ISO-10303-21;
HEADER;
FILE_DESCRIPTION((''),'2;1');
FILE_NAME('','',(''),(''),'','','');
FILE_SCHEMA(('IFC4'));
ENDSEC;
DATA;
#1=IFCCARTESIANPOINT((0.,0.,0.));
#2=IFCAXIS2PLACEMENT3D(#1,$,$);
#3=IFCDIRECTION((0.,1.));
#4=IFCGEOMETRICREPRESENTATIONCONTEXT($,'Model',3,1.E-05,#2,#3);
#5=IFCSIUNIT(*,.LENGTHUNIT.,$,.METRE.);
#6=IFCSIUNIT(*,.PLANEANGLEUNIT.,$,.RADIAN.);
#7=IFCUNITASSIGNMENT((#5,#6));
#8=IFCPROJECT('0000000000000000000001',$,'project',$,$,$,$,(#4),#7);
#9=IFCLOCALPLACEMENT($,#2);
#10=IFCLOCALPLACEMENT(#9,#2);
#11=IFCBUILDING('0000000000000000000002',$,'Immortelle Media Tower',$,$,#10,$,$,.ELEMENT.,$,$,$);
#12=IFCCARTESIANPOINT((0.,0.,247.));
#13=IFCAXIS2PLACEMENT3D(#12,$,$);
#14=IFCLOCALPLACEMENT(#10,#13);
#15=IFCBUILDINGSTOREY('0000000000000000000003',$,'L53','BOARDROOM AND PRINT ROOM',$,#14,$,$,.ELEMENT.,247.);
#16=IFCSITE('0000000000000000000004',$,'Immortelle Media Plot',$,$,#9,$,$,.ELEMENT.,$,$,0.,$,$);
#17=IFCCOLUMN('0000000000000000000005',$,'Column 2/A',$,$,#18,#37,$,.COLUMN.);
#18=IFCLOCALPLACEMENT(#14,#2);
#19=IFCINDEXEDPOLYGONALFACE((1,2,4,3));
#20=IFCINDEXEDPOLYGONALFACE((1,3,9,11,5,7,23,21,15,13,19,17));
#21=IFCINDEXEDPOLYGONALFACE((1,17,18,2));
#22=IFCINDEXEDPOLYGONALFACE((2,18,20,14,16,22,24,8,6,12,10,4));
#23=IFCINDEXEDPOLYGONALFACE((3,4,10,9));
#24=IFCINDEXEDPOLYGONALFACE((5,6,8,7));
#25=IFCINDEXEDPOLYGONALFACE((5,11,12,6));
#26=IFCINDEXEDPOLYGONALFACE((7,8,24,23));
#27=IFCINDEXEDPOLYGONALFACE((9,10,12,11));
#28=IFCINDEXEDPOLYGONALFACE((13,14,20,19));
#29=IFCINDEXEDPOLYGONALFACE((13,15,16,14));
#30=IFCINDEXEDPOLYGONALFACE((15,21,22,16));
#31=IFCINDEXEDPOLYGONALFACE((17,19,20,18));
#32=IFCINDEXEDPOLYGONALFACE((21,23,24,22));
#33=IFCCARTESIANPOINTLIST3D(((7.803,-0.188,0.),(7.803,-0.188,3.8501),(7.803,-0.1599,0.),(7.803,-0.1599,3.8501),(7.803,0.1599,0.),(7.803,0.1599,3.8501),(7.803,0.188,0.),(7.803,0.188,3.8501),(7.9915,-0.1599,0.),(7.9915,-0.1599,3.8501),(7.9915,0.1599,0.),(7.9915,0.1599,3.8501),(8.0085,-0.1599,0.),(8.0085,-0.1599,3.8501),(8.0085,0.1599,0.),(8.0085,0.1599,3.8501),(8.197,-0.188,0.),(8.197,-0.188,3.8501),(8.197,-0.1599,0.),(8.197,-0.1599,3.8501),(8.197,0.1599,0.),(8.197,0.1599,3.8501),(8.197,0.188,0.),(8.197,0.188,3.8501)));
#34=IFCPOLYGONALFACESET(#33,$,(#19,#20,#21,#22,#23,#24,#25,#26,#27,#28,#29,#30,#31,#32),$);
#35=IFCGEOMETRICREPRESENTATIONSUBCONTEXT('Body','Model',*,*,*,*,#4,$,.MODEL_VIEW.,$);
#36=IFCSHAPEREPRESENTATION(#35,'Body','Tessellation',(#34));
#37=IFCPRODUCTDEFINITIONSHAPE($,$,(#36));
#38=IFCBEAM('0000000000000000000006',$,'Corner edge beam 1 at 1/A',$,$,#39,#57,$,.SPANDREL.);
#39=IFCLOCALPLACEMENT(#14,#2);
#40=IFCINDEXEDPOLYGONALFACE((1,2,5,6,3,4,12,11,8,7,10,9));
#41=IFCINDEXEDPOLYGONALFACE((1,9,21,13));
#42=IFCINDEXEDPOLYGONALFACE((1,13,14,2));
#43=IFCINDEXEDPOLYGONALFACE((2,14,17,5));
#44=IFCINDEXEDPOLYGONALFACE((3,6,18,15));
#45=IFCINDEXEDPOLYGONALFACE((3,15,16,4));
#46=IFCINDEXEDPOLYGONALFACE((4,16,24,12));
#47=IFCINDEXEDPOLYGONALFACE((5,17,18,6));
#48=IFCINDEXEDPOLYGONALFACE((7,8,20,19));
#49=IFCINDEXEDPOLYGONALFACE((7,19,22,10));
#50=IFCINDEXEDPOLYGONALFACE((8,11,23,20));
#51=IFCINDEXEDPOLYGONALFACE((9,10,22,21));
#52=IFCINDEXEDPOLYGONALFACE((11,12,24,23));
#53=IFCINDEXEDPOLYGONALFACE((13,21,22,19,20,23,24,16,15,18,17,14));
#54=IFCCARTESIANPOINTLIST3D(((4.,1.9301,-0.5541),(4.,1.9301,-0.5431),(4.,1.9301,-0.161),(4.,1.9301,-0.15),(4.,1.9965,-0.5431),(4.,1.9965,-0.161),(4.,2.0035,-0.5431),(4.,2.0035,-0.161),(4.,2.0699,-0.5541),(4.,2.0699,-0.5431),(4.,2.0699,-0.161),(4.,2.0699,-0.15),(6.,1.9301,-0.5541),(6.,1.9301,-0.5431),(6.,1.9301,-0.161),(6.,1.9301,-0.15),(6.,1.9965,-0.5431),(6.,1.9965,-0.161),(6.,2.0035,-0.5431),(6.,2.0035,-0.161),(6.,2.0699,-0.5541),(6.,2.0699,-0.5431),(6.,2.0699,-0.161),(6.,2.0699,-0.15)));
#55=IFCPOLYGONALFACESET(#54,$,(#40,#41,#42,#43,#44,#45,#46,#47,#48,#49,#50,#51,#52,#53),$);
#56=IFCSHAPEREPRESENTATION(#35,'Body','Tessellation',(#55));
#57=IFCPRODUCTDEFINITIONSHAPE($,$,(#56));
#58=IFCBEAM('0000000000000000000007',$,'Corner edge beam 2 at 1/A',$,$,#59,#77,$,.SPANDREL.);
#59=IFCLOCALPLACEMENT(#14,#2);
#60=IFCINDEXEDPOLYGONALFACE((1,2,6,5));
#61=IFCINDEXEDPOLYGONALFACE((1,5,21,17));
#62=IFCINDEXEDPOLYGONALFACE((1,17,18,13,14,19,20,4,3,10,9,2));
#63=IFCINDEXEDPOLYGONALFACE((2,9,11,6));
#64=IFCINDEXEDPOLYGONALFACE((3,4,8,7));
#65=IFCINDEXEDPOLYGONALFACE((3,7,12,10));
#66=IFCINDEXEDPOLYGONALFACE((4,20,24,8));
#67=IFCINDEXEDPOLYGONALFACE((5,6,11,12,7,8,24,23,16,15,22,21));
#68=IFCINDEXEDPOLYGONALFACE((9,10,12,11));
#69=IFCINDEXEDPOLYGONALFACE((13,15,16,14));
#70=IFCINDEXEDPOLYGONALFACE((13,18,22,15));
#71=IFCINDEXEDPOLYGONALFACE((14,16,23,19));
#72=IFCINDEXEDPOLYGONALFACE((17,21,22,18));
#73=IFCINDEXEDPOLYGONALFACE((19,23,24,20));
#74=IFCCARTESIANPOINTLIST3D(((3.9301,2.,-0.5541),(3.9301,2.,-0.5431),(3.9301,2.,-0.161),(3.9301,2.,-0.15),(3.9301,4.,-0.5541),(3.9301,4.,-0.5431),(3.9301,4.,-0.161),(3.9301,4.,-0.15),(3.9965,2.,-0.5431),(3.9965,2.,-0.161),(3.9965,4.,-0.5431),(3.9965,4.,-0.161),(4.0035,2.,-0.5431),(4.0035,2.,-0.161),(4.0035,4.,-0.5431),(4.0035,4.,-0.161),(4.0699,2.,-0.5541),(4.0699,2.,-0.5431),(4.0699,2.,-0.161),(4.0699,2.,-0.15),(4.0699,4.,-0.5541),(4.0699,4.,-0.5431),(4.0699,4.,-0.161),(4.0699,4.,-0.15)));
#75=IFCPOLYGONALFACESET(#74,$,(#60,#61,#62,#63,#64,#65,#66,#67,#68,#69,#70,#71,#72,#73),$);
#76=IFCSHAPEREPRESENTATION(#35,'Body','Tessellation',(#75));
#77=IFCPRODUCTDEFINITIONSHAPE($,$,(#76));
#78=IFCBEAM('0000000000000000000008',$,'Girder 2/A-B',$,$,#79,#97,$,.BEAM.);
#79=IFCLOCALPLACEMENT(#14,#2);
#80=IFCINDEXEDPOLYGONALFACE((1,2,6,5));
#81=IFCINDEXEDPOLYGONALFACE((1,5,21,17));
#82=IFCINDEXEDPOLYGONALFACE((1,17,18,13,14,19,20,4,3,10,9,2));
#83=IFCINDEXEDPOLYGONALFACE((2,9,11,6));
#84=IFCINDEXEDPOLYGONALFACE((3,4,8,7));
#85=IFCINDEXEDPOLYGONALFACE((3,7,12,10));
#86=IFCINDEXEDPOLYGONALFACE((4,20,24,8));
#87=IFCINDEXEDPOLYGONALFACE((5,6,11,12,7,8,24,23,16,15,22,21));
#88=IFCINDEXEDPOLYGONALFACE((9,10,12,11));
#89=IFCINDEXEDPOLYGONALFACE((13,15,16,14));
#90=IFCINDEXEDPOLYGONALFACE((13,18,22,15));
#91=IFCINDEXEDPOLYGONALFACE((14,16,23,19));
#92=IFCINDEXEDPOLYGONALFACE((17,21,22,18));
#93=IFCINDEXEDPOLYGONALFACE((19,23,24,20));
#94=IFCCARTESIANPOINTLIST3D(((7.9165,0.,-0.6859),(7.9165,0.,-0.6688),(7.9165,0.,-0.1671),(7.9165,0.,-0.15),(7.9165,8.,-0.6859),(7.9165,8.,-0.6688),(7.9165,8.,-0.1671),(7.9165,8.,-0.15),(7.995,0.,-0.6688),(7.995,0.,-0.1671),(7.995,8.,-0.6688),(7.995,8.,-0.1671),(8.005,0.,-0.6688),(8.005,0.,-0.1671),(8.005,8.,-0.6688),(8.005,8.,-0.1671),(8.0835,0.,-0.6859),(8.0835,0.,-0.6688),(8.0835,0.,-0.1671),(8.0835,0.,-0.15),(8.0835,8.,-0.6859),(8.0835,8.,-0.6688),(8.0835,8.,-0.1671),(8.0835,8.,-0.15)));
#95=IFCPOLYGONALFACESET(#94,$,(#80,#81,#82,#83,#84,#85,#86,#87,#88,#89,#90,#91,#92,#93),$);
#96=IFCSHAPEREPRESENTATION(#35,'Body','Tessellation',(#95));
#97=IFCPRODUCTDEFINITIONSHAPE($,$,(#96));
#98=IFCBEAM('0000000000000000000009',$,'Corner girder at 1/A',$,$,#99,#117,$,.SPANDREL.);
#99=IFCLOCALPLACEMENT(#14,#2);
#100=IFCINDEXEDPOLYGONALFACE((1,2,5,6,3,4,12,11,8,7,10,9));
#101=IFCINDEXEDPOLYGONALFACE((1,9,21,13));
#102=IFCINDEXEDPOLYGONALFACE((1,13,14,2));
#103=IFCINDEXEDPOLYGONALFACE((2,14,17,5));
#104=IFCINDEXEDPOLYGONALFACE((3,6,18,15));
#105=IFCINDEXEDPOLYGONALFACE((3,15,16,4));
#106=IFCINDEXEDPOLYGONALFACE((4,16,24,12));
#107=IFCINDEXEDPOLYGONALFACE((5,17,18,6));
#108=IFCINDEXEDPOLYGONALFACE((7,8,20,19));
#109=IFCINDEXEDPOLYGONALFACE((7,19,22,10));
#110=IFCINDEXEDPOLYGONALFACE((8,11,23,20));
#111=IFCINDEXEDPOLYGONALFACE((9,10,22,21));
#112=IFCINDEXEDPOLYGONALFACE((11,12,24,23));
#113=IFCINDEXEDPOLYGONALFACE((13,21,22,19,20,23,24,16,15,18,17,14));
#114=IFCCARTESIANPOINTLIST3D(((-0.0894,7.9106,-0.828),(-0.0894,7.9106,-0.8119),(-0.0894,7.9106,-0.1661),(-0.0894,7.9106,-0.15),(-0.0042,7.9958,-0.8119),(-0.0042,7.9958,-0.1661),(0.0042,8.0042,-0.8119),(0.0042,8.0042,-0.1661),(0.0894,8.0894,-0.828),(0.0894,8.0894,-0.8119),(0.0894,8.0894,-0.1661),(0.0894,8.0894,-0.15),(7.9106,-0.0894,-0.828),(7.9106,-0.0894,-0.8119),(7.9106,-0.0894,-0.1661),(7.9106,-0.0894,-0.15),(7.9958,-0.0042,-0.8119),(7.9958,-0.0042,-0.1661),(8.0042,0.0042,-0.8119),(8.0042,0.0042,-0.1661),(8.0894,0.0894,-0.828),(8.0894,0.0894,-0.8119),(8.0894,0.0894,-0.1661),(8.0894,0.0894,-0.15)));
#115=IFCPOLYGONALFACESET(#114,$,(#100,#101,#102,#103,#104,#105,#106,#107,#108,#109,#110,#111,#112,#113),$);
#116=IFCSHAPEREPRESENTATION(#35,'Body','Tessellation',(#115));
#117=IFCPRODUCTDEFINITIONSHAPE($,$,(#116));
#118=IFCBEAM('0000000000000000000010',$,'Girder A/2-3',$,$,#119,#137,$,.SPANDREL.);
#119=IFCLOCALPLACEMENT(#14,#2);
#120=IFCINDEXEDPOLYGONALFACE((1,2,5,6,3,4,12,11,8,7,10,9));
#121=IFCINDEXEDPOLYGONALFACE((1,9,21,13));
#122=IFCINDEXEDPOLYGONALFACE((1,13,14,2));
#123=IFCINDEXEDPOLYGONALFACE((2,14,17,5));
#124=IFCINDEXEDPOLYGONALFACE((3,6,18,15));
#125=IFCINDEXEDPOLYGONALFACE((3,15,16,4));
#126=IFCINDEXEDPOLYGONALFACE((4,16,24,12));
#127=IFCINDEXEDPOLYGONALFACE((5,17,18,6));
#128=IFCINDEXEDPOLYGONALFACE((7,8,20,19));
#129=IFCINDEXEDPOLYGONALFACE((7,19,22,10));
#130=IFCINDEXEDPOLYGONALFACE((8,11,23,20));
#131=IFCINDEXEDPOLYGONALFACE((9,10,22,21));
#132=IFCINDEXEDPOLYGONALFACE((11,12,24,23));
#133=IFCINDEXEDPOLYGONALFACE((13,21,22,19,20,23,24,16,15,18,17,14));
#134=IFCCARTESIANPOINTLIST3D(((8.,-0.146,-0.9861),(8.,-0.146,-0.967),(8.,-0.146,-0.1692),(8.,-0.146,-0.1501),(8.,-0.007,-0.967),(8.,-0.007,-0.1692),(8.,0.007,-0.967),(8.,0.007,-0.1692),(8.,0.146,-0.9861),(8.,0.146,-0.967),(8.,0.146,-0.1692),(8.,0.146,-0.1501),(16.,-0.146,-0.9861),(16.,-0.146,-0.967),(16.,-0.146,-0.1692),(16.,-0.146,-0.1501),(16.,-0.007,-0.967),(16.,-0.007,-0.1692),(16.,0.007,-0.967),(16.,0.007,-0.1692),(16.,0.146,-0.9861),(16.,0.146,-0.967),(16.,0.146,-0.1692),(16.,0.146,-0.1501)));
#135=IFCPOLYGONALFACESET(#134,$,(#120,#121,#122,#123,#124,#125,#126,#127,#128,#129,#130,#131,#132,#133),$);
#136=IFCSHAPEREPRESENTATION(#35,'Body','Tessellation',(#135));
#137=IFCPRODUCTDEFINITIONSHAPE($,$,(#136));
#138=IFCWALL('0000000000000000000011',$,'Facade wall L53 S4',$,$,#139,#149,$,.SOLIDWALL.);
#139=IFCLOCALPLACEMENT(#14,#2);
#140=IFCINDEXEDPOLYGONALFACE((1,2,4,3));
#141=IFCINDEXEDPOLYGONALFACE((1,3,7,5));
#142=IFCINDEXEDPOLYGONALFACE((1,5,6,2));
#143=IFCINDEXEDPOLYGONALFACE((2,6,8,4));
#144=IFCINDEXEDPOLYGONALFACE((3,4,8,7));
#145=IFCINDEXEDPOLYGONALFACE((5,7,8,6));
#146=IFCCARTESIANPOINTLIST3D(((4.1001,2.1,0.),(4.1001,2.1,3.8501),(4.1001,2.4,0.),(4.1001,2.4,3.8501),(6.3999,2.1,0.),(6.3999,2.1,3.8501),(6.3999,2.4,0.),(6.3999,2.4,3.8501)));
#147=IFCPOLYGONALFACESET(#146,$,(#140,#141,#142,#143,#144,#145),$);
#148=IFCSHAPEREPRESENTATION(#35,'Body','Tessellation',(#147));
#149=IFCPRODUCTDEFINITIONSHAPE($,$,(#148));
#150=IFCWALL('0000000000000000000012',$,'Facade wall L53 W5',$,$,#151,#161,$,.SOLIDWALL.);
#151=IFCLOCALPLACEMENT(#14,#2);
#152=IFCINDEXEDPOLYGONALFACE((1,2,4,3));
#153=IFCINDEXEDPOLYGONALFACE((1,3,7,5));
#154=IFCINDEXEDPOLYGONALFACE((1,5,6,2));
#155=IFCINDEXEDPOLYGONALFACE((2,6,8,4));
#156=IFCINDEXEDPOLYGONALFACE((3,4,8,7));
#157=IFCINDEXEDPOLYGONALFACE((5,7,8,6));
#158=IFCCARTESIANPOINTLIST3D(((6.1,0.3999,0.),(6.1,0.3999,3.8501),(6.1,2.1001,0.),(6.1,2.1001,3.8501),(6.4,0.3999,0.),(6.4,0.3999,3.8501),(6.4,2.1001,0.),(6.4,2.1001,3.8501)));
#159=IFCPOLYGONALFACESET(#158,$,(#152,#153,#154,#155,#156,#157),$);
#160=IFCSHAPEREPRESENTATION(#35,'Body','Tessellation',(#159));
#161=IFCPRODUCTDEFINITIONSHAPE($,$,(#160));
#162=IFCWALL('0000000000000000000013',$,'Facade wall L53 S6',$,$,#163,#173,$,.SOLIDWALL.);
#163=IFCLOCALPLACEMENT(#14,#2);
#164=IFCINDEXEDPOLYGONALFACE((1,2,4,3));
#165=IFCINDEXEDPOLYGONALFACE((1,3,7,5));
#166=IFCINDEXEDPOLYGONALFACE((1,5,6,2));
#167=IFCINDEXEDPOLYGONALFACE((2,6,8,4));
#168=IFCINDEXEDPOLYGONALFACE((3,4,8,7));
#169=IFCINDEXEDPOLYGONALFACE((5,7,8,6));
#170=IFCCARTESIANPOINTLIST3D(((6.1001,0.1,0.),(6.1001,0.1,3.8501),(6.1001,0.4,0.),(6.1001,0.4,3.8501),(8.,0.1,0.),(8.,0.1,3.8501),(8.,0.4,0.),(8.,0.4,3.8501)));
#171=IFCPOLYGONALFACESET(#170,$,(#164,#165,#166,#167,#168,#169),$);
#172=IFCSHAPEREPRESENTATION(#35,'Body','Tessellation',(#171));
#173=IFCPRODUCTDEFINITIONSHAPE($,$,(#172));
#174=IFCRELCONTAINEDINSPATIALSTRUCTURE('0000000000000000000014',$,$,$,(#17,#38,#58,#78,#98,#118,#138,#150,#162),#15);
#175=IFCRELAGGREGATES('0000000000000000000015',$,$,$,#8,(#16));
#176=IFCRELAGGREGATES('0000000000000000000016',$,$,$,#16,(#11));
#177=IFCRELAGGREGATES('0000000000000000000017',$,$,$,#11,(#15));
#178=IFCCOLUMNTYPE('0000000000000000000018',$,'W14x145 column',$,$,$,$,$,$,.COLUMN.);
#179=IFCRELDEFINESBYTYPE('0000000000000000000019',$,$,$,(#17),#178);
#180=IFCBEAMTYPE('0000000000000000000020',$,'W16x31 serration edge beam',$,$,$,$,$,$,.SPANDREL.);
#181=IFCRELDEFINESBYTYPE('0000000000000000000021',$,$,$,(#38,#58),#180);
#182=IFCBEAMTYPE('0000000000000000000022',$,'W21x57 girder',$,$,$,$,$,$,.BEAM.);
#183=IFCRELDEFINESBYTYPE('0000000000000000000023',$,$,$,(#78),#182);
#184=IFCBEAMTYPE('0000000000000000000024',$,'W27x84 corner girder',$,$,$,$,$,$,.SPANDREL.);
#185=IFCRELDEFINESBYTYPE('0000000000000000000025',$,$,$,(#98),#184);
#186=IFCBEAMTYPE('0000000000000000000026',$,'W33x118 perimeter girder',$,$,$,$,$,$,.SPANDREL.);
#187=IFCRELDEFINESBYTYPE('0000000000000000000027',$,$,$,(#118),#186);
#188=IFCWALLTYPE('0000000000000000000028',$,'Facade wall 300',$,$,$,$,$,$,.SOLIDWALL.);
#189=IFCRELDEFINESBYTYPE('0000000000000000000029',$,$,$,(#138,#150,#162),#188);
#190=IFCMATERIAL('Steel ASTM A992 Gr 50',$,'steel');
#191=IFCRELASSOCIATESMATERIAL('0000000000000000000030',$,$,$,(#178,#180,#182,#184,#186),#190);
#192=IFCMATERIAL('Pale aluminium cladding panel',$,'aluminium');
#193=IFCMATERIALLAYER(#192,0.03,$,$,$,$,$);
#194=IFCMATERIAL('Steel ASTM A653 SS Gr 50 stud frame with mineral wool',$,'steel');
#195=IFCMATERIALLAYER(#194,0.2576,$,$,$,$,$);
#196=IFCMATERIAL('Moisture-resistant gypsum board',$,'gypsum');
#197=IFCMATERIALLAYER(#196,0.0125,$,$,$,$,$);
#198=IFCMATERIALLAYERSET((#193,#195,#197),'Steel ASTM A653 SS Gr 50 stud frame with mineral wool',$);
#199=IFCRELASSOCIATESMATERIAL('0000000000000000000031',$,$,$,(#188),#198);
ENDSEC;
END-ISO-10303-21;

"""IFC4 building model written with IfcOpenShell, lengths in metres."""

from ifc_helpers import new_model, si_unit, direction, frame, frame_2d, origin, origin_2d, place, context, subcontext, project, spatial, rectangle, i_section, extrude, material, layer, layer_set, material_profile, profile_set, type_object, element, save


model = new_model("IFC4")

# Units and contexts
model_context = context("Model", 3, precision=1e-05, world=origin(), true_north=direction((0.0, 1.0)))
body_context = subcontext(model_context, "Body", "Model", "MODEL_VIEW")
ifc_project = project(units=[si_unit("LENGTHUNIT", "METRE"), si_unit("PLANEANGLEUNIT", "RADIAN")], contexts=[model_context])

# Site, building, storey
site_placement = place(None, origin())
site = spatial("IfcSite", under=ifc_project, at=site_placement, Name="Immortelle Media Plot", CompositionType="ELEMENT", RefElevation=0.0)
building_placement = place(site_placement, origin())
building = spatial("IfcBuilding", under=site, at=building_placement, Name="Immortelle Media Tower", CompositionType="ELEMENT")
storey_placement = place(building_placement, frame((0.0, 0.0, 247.0)))
storey = spatial("IfcBuildingStorey", under=building, at=storey_placement, Name="L53", Description="BOARDROOM AND PRINT ROOM", CompositionType="ELEMENT", Elevation=247.0)

# Column
ifc_material_1 = material(Name="Steel ASTM A992 Gr 50", Category="steel")
ifc_material_profile_1 = material_profile(ifc_material_1, i_section(OverallWidth=0.394, OverallDepth=0.376, WebThickness=0.0171, FlangeThickness=0.0281, at=origin_2d()), Name="W14x145")
ifc_profile_set_1 = profile_set([ifc_material_profile_1], Name="Steel ASTM A992 Gr 50")
column_type = type_object("IfcColumnType", Name="W14x145 column", PredefinedType="COLUMN", material=ifc_profile_set_1)
column_placement = place(storey_placement, frame((8.0, 0.0, 0.0), z_axis=(0.0, 0.0, 1.0), x_axis=(1.0, 0.0, 0.0)))
element("IfcColumn", 1, at=column_placement, inside=storey, type_object=column_type, Name="Column 2/A", PredefinedType="COLUMN", context=body_context, shape_type="SweptSolid", body=[
    extrude(i_section(OverallWidth=0.394, OverallDepth=0.376, WebThickness=0.0171, FlangeThickness=0.0281, at=origin_2d()), origin(), (0.0, 0.0, 1.0), 3.8501),
])

# Beams
ifc_material_profile_2 = material_profile(ifc_material_1, i_section(OverallWidth=0.1399, OverallDepth=0.4041, WebThickness=0.0071, FlangeThickness=0.011, at=origin_2d()), Name="W16x31")
ifc_profile_set_2 = profile_set([ifc_material_profile_2], Name="Steel ASTM A992 Gr 50")
beam_type_1 = type_object("IfcBeamType", Name="W16x31 serration edge beam", PredefinedType="SPANDREL", material=ifc_profile_set_2)
for number, where, z_axis, x_axis, name in (
    (2, (6.0, 2.0, -0.3521), (-1.0, 0.0, 0.0), (0.0, -1.0, 0.0), "Corner edge beam 1 at 1/A"),
    (3, (4.0, 2.0, -0.3521), (0.0, 1.0, 0.0), (-1.0, 0.0, 0.0), "Corner edge beam 2 at 1/A"),
):
    element("IfcBeam", number, at=place(storey_placement, frame(where, z_axis=z_axis, x_axis=x_axis)), inside=storey, type_object=beam_type_1, Name=name, PredefinedType="SPANDREL", context=body_context, shape_type="SweptSolid", body=[
        extrude(i_section(OverallWidth=0.1399, OverallDepth=0.4041, WebThickness=0.0071, FlangeThickness=0.011, at=origin_2d()), origin(), (0.0, 0.0, 1.0), 2.0),
    ])
ifc_material_profile_3 = material_profile(ifc_material_1, i_section(OverallWidth=0.167, OverallDepth=0.5359, WebThickness=0.01, FlangeThickness=0.0171, at=origin_2d()), Name="W21x57")
ifc_profile_set_3 = profile_set([ifc_material_profile_3], Name="Steel ASTM A992 Gr 50")
beam_type_2 = type_object("IfcBeamType", Name="W21x57 girder", PredefinedType="BEAM", material=ifc_profile_set_3)
beam_1_placement = place(storey_placement, frame((8.0, 0.0, -0.418), z_axis=(0.0, 1.0, 0.0), x_axis=(-1.0, 0.0, 0.0)))
element("IfcBeam", 4, at=beam_1_placement, inside=storey, type_object=beam_type_2, Name="Girder 2/A-B", PredefinedType="BEAM", context=body_context, shape_type="SweptSolid", body=[
    extrude(i_section(OverallWidth=0.167, OverallDepth=0.5359, WebThickness=0.01, FlangeThickness=0.0171, at=origin_2d()), origin(), (0.0, 0.0, 1.0), 8.0),
])
ifc_material_profile_4 = material_profile(ifc_material_1, i_section(OverallWidth=0.2529, OverallDepth=0.678, WebThickness=0.012, FlangeThickness=0.0161, at=origin_2d()), Name="W27x84")
ifc_profile_set_4 = profile_set([ifc_material_profile_4], Name="Steel ASTM A992 Gr 50")
beam_type_3 = type_object("IfcBeamType", Name="W27x84 corner girder", PredefinedType="SPANDREL", material=ifc_profile_set_4)
beam_2_placement = place(storey_placement, frame((8.0, 0.0, -0.489), z_axis=(-0.707107, 0.707107, 0.0), x_axis=(-0.707107, -0.707107, 0.0)))
element("IfcBeam", 5, at=beam_2_placement, inside=storey, type_object=beam_type_3, Name="Corner girder at 1/A", PredefinedType="SPANDREL", context=body_context, shape_type="SweptSolid", body=[
    extrude(i_section(OverallWidth=0.2529, OverallDepth=0.678, WebThickness=0.012, FlangeThickness=0.0161, at=origin_2d()), origin(), (0.0, 0.0, 1.0), 11.3137),
])
ifc_material_profile_5 = material_profile(ifc_material_1, i_section(OverallWidth=0.292, OverallDepth=0.8359, WebThickness=0.0139, FlangeThickness=0.019, at=origin_2d()), Name="W33x118")
ifc_profile_set_5 = profile_set([ifc_material_profile_5], Name="Steel ASTM A992 Gr 50")
beam_type_4 = type_object("IfcBeamType", Name="W33x118 perimeter girder", PredefinedType="SPANDREL", material=ifc_profile_set_5)
beam_3_placement = place(storey_placement, frame((8.0, 0.0, -0.5681), z_axis=(1.0, 0.0, 0.0), x_axis=(0.0, 1.0, 0.0)))
element("IfcBeam", 6, at=beam_3_placement, inside=storey, type_object=beam_type_4, Name="Girder A/2-3", PredefinedType="SPANDREL", context=body_context, shape_type="SweptSolid", body=[
    extrude(i_section(OverallWidth=0.292, OverallDepth=0.8359, WebThickness=0.0139, FlangeThickness=0.019, at=origin_2d()), origin(), (0.0, 0.0, 1.0), 8.0),
])

# Walls
ifc_material_2 = material(Name="Pale aluminium cladding panel", Category="aluminium")
ifc_layer_1 = layer(ifc_material_2, 0.03)
ifc_material_3 = material(Name="Steel ASTM A653 SS Gr 50 stud frame with mineral wool", Category="steel")
ifc_layer_2 = layer(ifc_material_3, 0.2576)
ifc_material_4 = material(Name="Moisture-resistant gypsum board", Category="gypsum")
ifc_layer_3 = layer(ifc_material_4, 0.0125)
ifc_layer_set = layer_set([ifc_layer_1, ifc_layer_2, ifc_layer_3], Name="Steel ASTM A653 SS Gr 50 stud frame with mineral wool")
wall_type = type_object("IfcWallType", Name="Facade wall 300", PredefinedType="SOLIDWALL", material=ifc_layer_set)
wall_1_placement = place(storey_placement, frame((4.1001, 2.25, 0.0), z_axis=(0.0, 0.0, 1.0), x_axis=(1.0, 0.0, 0.0)))
element("IfcWall", 7, at=wall_1_placement, inside=storey, type_object=wall_type, Name="Facade wall L53 S4", PredefinedType="SOLIDWALL", context=body_context, shape_type="SweptSolid", body=[
    extrude(rectangle(XDim=2.2998, YDim=0.3, at=frame_2d((1.1499, 0.0))), origin(), (0.0, 0.0, 1.0), 3.8501),
])
wall_2_placement = place(storey_placement, frame((6.25, 2.1001, 0.0), z_axis=(0.0, 0.0, 1.0), x_axis=(0.0, -1.0, 0.0)))
element("IfcWall", 8, at=wall_2_placement, inside=storey, type_object=wall_type, Name="Facade wall L53 W5", PredefinedType="SOLIDWALL", context=body_context, shape_type="SweptSolid", body=[
    extrude(rectangle(XDim=1.7002, YDim=0.3, at=frame_2d((0.8501, 0.0))), origin(), (0.0, 0.0, 1.0), 3.8501),
])
wall_3_placement = place(storey_placement, frame((6.1001, 0.25, 0.0), z_axis=(0.0, 0.0, 1.0), x_axis=(1.0, 0.0, 0.0)))
element("IfcWall", 9, at=wall_3_placement, inside=storey, type_object=wall_type, Name="Facade wall L53 S6", PredefinedType="SOLIDWALL", context=body_context, shape_type="SweptSolid", body=[
    extrude(rectangle(XDim=1.8999, YDim=0.3, at=frame_2d((0.95, 0.0))), origin(), (0.0, 0.0, 1.0), 3.8501),
])

save(model, "model.ifc")
